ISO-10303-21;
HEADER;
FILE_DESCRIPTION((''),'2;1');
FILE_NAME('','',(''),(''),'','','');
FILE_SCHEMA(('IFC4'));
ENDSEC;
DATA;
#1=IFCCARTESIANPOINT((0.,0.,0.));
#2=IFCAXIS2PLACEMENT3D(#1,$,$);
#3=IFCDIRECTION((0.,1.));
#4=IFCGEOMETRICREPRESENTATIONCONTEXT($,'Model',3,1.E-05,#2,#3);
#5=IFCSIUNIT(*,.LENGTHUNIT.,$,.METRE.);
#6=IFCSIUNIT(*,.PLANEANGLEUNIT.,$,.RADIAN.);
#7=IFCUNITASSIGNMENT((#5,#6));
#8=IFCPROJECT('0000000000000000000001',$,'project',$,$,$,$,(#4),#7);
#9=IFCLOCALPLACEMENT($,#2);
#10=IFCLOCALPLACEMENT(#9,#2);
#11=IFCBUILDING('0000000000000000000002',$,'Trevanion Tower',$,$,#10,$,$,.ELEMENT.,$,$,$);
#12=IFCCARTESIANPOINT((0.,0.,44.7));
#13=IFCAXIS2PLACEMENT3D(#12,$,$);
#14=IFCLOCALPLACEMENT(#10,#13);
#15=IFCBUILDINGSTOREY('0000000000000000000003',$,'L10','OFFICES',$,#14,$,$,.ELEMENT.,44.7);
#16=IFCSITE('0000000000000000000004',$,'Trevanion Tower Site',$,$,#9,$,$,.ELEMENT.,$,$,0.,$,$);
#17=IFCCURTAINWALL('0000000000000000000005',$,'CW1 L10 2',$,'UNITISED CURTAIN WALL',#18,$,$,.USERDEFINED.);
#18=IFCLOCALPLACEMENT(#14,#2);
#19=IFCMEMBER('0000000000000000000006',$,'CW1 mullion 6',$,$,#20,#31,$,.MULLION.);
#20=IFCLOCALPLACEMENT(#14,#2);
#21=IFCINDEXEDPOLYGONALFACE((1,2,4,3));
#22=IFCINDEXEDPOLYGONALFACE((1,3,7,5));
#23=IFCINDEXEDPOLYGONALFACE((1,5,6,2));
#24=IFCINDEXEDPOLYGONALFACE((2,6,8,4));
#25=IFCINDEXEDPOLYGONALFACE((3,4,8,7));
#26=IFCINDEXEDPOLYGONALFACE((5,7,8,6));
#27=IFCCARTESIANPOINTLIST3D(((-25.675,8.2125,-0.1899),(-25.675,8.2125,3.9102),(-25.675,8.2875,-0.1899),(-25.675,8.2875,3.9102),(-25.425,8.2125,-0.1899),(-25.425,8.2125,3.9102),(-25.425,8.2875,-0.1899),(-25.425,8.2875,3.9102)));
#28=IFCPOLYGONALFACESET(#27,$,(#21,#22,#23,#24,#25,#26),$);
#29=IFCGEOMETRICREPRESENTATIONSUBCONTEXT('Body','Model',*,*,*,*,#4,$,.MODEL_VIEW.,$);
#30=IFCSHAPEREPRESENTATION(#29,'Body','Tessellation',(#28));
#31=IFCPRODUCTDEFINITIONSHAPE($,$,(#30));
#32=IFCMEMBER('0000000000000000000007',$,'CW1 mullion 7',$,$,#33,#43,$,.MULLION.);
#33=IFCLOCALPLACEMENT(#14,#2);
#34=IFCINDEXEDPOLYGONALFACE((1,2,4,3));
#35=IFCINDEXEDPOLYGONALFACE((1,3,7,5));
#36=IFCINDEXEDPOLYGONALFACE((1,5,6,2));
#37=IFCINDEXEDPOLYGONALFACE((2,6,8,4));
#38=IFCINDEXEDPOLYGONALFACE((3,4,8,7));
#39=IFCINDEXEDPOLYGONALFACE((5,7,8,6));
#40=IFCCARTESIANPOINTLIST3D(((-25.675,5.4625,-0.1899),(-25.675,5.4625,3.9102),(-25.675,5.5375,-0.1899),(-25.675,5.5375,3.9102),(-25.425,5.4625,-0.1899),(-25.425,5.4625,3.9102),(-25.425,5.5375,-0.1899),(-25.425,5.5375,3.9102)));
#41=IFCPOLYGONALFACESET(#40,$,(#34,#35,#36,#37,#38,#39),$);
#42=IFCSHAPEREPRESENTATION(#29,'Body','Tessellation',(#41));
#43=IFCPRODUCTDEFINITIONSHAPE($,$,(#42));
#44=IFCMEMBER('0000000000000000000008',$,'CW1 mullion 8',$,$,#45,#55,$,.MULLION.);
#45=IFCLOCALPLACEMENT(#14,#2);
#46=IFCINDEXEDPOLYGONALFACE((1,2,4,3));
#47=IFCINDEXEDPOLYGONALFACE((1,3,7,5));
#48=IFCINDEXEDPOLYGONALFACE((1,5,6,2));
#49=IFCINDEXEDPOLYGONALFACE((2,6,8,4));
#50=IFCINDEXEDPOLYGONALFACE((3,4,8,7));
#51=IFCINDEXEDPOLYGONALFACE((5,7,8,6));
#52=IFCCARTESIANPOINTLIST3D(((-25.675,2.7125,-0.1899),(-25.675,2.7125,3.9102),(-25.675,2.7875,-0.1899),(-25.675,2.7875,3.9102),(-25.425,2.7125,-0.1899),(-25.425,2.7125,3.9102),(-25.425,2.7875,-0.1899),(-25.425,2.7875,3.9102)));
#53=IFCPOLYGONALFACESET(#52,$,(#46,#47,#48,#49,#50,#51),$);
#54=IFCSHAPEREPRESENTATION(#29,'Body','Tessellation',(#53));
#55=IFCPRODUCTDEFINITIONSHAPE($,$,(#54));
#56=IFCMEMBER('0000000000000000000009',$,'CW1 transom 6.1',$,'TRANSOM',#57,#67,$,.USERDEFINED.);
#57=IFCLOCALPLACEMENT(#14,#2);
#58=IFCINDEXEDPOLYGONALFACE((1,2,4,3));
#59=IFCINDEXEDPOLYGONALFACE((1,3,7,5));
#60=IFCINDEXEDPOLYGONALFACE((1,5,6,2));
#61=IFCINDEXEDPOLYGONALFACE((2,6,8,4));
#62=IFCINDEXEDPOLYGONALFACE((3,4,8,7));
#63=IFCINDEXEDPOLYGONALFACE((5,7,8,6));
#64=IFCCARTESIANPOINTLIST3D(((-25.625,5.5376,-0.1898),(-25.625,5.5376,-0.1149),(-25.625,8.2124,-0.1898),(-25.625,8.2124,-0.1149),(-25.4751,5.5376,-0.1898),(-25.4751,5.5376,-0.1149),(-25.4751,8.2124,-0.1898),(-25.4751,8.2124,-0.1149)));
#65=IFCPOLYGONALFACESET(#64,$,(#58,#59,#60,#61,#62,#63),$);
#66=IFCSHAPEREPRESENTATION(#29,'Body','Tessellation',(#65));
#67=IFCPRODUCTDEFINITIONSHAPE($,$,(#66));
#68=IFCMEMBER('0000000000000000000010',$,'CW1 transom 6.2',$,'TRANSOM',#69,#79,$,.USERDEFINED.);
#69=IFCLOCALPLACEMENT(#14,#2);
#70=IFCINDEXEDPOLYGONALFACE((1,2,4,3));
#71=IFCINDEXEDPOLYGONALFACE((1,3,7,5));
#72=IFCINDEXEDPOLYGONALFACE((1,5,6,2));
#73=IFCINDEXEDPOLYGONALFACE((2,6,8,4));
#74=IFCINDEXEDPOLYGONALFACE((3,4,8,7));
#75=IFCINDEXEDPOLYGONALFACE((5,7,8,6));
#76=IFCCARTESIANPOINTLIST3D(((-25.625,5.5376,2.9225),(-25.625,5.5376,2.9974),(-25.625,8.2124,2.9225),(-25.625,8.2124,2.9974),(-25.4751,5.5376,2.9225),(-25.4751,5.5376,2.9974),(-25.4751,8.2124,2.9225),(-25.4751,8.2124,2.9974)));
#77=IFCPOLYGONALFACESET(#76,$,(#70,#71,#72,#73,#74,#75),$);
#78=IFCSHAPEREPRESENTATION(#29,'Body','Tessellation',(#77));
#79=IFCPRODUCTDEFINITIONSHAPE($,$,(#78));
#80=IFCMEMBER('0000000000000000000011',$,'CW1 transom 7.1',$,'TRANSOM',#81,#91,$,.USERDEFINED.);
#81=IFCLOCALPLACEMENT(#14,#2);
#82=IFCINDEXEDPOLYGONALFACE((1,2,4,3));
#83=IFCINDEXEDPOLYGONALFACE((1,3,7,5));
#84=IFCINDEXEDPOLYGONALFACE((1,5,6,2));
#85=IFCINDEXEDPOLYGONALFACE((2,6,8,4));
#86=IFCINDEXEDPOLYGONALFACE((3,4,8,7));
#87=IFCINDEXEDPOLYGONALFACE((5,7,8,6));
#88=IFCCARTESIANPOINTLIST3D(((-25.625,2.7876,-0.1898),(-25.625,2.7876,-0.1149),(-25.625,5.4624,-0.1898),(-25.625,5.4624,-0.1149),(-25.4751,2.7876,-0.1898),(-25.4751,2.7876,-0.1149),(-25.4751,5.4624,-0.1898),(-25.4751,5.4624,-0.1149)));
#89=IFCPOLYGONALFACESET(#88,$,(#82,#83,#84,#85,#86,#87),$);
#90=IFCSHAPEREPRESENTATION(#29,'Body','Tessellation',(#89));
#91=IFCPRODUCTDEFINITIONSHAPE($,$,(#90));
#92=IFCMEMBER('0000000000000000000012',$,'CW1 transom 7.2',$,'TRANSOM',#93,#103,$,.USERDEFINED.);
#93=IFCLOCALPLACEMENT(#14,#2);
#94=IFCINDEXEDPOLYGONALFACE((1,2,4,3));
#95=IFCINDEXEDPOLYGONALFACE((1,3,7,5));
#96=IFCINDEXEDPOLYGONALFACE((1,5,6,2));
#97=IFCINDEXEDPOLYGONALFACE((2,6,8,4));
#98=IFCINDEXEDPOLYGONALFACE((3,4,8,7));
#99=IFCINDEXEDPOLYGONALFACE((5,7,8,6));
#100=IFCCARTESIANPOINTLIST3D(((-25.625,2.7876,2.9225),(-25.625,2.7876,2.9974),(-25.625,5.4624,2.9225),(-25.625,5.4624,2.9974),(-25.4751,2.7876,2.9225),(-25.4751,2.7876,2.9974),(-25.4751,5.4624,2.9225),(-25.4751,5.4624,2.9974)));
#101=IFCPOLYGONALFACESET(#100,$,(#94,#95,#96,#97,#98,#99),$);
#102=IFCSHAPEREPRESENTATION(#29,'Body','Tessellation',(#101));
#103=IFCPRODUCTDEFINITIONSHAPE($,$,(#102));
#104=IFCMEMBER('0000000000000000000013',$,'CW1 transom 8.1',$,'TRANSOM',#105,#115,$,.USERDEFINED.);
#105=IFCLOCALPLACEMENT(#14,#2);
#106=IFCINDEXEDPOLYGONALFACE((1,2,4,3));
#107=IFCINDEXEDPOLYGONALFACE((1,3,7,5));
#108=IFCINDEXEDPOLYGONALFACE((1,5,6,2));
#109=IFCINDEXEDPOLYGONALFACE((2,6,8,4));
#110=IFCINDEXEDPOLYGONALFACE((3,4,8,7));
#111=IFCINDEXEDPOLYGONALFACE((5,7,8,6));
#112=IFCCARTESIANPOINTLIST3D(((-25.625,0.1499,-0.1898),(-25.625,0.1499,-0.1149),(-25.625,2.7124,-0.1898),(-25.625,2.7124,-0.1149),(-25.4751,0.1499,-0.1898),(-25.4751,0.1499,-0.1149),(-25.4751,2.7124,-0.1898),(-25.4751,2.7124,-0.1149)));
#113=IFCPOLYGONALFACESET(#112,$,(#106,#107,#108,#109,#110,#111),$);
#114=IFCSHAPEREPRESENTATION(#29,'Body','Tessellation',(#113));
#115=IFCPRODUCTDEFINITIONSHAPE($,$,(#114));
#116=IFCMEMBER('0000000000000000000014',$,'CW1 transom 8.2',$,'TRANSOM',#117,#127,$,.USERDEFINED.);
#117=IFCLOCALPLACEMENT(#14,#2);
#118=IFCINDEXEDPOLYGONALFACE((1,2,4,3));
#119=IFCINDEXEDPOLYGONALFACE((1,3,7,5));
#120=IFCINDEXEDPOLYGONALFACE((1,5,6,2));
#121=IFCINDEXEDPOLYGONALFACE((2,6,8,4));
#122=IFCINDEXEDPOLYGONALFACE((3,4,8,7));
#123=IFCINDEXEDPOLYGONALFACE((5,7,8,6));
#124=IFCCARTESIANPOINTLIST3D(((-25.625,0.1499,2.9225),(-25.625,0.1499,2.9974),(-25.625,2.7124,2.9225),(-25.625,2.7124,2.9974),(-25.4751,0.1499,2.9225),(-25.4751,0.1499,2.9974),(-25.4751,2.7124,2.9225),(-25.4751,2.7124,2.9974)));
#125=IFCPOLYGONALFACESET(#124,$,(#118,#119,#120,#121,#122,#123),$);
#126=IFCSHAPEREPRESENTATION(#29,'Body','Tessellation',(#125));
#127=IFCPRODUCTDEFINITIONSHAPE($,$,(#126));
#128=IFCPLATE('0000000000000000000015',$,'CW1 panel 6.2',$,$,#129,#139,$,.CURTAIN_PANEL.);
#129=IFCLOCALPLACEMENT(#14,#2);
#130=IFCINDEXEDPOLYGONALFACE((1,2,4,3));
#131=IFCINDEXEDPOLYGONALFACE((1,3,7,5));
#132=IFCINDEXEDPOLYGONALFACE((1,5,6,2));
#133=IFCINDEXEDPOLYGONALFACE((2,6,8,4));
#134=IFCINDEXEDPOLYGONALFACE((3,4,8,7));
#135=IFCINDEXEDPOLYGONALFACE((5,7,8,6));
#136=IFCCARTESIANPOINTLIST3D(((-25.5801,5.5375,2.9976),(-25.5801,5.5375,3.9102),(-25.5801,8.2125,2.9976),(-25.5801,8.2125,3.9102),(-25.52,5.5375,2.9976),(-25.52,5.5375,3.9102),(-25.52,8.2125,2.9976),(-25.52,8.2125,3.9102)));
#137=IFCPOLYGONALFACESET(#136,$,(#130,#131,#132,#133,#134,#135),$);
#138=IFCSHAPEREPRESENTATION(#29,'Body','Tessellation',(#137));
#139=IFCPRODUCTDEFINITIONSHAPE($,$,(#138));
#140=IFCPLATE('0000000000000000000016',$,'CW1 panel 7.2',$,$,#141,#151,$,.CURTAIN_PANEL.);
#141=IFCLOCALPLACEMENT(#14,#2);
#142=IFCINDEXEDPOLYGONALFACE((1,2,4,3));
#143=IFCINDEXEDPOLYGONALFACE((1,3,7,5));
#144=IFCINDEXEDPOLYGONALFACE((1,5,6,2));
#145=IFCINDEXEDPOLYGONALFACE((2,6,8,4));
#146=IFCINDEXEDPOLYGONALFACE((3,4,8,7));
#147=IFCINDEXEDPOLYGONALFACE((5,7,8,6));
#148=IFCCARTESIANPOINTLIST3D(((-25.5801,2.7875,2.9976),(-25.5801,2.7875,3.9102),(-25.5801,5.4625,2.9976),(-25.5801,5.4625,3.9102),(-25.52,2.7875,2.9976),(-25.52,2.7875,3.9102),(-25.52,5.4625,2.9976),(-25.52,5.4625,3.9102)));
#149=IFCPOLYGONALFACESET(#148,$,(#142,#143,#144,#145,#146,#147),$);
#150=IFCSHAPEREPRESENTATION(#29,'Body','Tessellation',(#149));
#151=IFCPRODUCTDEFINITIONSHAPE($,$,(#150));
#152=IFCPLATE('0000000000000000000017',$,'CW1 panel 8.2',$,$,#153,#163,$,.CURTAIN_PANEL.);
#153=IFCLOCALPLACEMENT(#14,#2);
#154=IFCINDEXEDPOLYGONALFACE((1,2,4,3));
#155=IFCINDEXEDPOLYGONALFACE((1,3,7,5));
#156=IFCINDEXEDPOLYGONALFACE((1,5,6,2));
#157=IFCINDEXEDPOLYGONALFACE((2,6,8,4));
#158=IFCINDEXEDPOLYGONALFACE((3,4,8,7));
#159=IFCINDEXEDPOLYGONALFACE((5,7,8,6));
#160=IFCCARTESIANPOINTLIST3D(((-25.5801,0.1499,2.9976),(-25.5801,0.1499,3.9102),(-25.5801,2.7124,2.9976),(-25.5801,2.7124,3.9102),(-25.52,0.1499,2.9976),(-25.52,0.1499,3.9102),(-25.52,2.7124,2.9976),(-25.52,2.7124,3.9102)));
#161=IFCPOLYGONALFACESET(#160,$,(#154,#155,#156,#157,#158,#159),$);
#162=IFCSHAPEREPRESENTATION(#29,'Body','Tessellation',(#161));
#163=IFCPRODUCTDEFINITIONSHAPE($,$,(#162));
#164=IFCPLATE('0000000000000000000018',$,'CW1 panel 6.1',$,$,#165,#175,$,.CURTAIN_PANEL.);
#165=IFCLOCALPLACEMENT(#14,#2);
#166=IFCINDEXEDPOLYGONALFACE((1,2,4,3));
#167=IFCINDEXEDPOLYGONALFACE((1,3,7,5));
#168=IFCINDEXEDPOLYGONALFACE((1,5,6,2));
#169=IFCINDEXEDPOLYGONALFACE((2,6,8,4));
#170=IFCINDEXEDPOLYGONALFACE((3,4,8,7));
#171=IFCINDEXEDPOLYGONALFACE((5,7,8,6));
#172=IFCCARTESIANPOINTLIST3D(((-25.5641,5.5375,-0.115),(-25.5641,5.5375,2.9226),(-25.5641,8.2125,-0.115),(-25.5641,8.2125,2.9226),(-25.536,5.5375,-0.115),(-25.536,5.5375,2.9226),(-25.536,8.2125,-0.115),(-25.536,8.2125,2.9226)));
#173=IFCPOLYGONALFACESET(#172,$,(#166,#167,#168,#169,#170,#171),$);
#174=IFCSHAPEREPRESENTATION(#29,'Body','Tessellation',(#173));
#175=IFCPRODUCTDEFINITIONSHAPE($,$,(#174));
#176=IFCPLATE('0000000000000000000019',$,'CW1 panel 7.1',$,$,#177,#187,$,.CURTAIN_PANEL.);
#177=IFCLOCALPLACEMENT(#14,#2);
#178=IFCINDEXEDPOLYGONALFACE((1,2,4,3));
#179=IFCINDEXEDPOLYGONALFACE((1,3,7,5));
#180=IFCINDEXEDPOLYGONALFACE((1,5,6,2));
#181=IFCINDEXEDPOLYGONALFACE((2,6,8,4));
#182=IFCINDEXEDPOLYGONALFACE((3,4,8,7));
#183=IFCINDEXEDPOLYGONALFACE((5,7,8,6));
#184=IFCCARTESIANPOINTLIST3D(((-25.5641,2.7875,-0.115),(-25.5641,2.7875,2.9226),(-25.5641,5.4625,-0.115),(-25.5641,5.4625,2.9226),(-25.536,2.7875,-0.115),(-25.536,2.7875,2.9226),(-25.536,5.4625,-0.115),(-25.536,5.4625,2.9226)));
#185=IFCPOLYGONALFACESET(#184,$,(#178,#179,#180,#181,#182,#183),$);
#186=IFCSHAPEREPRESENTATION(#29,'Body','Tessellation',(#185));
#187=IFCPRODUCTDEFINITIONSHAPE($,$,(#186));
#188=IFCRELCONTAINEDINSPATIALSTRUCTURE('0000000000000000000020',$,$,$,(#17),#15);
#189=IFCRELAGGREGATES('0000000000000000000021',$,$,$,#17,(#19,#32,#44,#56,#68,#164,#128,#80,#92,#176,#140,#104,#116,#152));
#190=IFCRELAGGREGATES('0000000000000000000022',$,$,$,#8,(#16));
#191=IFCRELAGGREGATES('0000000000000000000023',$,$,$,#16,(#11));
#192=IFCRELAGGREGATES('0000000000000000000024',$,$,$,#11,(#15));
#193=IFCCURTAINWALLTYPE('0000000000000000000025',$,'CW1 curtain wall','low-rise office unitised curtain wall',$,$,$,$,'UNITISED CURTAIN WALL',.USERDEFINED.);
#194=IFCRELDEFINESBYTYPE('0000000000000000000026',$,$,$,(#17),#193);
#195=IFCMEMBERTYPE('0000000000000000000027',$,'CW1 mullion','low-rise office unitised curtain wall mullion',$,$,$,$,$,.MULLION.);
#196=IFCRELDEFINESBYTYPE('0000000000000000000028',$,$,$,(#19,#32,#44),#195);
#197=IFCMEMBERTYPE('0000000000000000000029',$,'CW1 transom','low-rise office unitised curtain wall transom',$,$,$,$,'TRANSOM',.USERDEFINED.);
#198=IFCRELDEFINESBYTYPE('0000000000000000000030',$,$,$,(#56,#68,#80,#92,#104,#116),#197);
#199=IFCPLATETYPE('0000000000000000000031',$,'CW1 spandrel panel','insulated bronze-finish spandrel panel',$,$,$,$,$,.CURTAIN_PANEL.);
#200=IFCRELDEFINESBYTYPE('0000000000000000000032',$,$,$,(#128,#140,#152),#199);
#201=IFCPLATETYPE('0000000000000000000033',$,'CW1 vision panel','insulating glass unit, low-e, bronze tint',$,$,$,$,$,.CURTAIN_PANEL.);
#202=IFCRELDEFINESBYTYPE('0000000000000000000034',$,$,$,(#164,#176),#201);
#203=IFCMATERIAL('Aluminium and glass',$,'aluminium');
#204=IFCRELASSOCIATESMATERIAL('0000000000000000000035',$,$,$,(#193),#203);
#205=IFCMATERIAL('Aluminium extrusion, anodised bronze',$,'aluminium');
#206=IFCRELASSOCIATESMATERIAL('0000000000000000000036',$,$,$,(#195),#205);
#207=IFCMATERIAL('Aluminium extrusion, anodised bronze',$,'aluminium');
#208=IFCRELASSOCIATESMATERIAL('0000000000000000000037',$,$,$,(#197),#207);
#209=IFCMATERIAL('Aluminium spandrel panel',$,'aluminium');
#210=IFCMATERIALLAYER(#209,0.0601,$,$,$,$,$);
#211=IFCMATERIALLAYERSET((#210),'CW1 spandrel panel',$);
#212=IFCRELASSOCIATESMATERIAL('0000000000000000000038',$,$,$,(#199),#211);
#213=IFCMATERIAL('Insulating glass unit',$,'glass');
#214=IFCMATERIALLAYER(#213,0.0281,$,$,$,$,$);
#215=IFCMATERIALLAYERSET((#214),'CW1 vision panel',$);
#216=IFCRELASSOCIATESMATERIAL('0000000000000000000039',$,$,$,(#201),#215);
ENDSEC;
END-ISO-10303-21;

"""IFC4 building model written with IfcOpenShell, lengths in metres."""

from ifc_helpers import new_model, si_unit, direction, frame, origin, origin_2d, place, context, subcontext, project, spatial, rectangle, extrude, material, layer, layer_set, material_profile, profile_set, type_object, element, aggregate, save


model = new_model("IFC4")

# Units and contexts
model_context = context("Model", 3, precision=1e-05, world=origin(), true_north=direction((0.0, 1.0)))
body_context = subcontext(model_context, "Body", "Model", "MODEL_VIEW")
ifc_project = project(units=[si_unit("LENGTHUNIT", "METRE"), si_unit("PLANEANGLEUNIT", "RADIAN")], contexts=[model_context])

# Site, building, storey
site_placement = place(None, origin())
site = spatial("IfcSite", under=ifc_project, at=site_placement, Name="Trevanion Tower Site", CompositionType="ELEMENT", RefElevation=0.0)
building_placement = place(site_placement, origin())
building = spatial("IfcBuilding", under=site, at=building_placement, Name="Trevanion Tower", CompositionType="ELEMENT")
storey_placement = place(building_placement, frame((0.0, 0.0, 44.7)))
storey = spatial("IfcBuildingStorey", under=building, at=storey_placement, Name="L10", Description="OFFICES", CompositionType="ELEMENT", Elevation=44.7)

# Curtain wall, members, plates
ifc_material_1 = material(Name="Aluminium and glass", Category="aluminium")
curtain_wall_type = type_object("IfcCurtainWallType", Name="CW1 curtain wall", Description="low-rise office unitised curtain wall", ElementType="UNITISED CURTAIN WALL", PredefinedType="USERDEFINED", material=ifc_material_1)
curtain_wall_placement = place(storey_placement, origin())
curtain_wall = element("IfcCurtainWall", 1, at=curtain_wall_placement, inside=storey, type_object=curtain_wall_type, Name="CW1 L10 2", ObjectType="UNITISED CURTAIN WALL", PredefinedType="USERDEFINED")
ifc_material_2 = material(Name="Aluminium extrusion, anodised bronze", Category="aluminium")
ifc_material_profile_1 = material_profile(ifc_material_2, rectangle(XDim=0.075, YDim=0.25, at=origin_2d()), Name="CW1 mullion")
ifc_profile_set_1 = profile_set([ifc_material_profile_1], Name="Aluminium extrusion, anodised bronze")
member_type_1 = type_object("IfcMemberType", Name="CW1 mullion", Description="low-rise office unitised curtain wall mullion", PredefinedType="MULLION", material=ifc_profile_set_1)
member_1_placement = place(storey_placement, frame((-25.55, 8.25, -0.1899), z_axis=(0.0, 0.0, 1.0), x_axis=(0.0, -1.0, 0.0)))
member_1 = element("IfcMember", 2, at=member_1_placement, type_object=member_type_1, Name="CW1 mullion 6", PredefinedType="MULLION", context=body_context, shape_type="SweptSolid", body=[
    extrude(rectangle(XDim=0.075, YDim=0.25, at=origin_2d()), origin(), (0.0, 0.0, 1.0), 4.1001),
])
member_2_placement = place(storey_placement, frame((-25.55, 5.5, -0.1899), z_axis=(0.0, 0.0, 1.0), x_axis=(0.0, -1.0, 0.0)))
member_2 = element("IfcMember", 3, at=member_2_placement, type_object=member_type_1, Name="CW1 mullion 7", PredefinedType="MULLION", context=body_context, shape_type="SweptSolid", body=[
    extrude(rectangle(XDim=0.075, YDim=0.25, at=origin_2d()), origin(), (0.0, 0.0, 1.0), 4.1001),
])
member_3_placement = place(storey_placement, frame((-25.55, 2.75, -0.1899), z_axis=(0.0, 0.0, 1.0), x_axis=(0.0, -1.0, 0.0)))
member_3 = element("IfcMember", 4, at=member_3_placement, type_object=member_type_1, Name="CW1 mullion 8", PredefinedType="MULLION", context=body_context, shape_type="SweptSolid", body=[
    extrude(rectangle(XDim=0.075, YDim=0.25, at=origin_2d()), origin(), (0.0, 0.0, 1.0), 4.1001),
])
ifc_material_3 = material(Name="Aluminium extrusion, anodised bronze", Category="aluminium")
ifc_material_profile_2 = material_profile(ifc_material_3, rectangle(XDim=0.1499, YDim=0.075, at=origin_2d()), Name="CW1 transom")
ifc_profile_set_2 = profile_set([ifc_material_profile_2], Name="Aluminium extrusion, anodised bronze")
member_type_2 = type_object("IfcMemberType", Name="CW1 transom", Description="low-rise office unitised curtain wall transom", ElementType="TRANSOM", PredefinedType="USERDEFINED", material=ifc_profile_set_2)
member_4_placement = place(storey_placement, frame((-25.55, 8.2124, -0.1523), z_axis=(0.0, -1.0, 0.0), x_axis=(1.0, 0.0, 0.0)))
member_4 = element("IfcMember", 5, at=member_4_placement, type_object=member_type_2, Name="CW1 transom 6.1", ObjectType="TRANSOM", PredefinedType="USERDEFINED", context=body_context, shape_type="SweptSolid", body=[
    extrude(rectangle(XDim=0.1499, YDim=0.075, at=origin_2d()), origin(), (0.0, 0.0, 1.0), 2.6748),
])
member_5_placement = place(storey_placement, frame((-25.55, 8.2124, 2.96), z_axis=(0.0, -1.0, 0.0), x_axis=(1.0, 0.0, 0.0)))
member_5 = element("IfcMember", 6, at=member_5_placement, type_object=member_type_2, Name="CW1 transom 6.2", ObjectType="TRANSOM", PredefinedType="USERDEFINED", context=body_context, shape_type="SweptSolid", body=[
    extrude(rectangle(XDim=0.1499, YDim=0.075, at=origin_2d()), origin(), (0.0, 0.0, 1.0), 2.6748),
])
member_6_placement = place(storey_placement, frame((-25.55, 5.4624, -0.1523), z_axis=(0.0, -1.0, 0.0), x_axis=(1.0, 0.0, 0.0)))
member_6 = element("IfcMember", 7, at=member_6_placement, type_object=member_type_2, Name="CW1 transom 7.1", ObjectType="TRANSOM", PredefinedType="USERDEFINED", context=body_context, shape_type="SweptSolid", body=[
    extrude(rectangle(XDim=0.1499, YDim=0.075, at=origin_2d()), origin(), (0.0, 0.0, 1.0), 2.6748),
])
member_7_placement = place(storey_placement, frame((-25.55, 5.4624, 2.96), z_axis=(0.0, -1.0, 0.0), x_axis=(1.0, 0.0, 0.0)))
member_7 = element("IfcMember", 8, at=member_7_placement, type_object=member_type_2, Name="CW1 transom 7.2", ObjectType="TRANSOM", PredefinedType="USERDEFINED", context=body_context, shape_type="SweptSolid", body=[
    extrude(rectangle(XDim=0.1499, YDim=0.075, at=origin_2d()), origin(), (0.0, 0.0, 1.0), 2.6748),
])
member_8_placement = place(storey_placement, frame((-25.55, 2.7124, -0.1523), z_axis=(0.0, -1.0, 0.0), x_axis=(1.0, 0.0, 0.0)))
member_8 = element("IfcMember", 9, at=member_8_placement, type_object=member_type_2, Name="CW1 transom 8.1", ObjectType="TRANSOM", PredefinedType="USERDEFINED", context=body_context, shape_type="SweptSolid", body=[
    extrude(rectangle(XDim=0.1499, YDim=0.075, at=origin_2d()), origin(), (0.0, 0.0, 1.0), 2.5625),
])
member_9_placement = place(storey_placement, frame((-25.55, 2.7124, 2.96), z_axis=(0.0, -1.0, 0.0), x_axis=(1.0, 0.0, 0.0)))
member_9 = element("IfcMember", 10, at=member_9_placement, type_object=member_type_2, Name="CW1 transom 8.2", ObjectType="TRANSOM", PredefinedType="USERDEFINED", context=body_context, shape_type="SweptSolid", body=[
    extrude(rectangle(XDim=0.1499, YDim=0.075, at=origin_2d()), origin(), (0.0, 0.0, 1.0), 2.5625),
])
ifc_material_4 = material(Name="Aluminium spandrel panel", Category="aluminium")
ifc_layer_1 = layer(ifc_material_4, 0.0601)
ifc_layer_set_1 = layer_set([ifc_layer_1], Name="CW1 spandrel panel")
plate_type_1 = type_object("IfcPlateType", Name="CW1 spandrel panel", Description="insulated bronze-finish spandrel panel", PredefinedType="CURTAIN_PANEL", material=ifc_layer_set_1)
plate_1_placement = place(storey_placement, frame((-25.55, 6.875, 2.9976), z_axis=(0.0, 0.0, 1.0), x_axis=(0.0, -1.0, 0.0)))
plate_1 = element("IfcPlate", 11, at=plate_1_placement, type_object=plate_type_1, Name="CW1 panel 6.2", PredefinedType="CURTAIN_PANEL", context=body_context, shape_type="SweptSolid", body=[
    extrude(rectangle(XDim=2.675, YDim=0.0601, at=origin_2d()), origin(), (0.0, 0.0, 1.0), 0.9126),
])
plate_2_placement = place(storey_placement, frame((-25.55, 4.125, 2.9976), z_axis=(0.0, 0.0, 1.0), x_axis=(0.0, -1.0, 0.0)))
plate_2 = element("IfcPlate", 12, at=plate_2_placement, type_object=plate_type_1, Name="CW1 panel 7.2", PredefinedType="CURTAIN_PANEL", context=body_context, shape_type="SweptSolid", body=[
    extrude(rectangle(XDim=2.675, YDim=0.0601, at=origin_2d()), origin(), (0.0, 0.0, 1.0), 0.9126),
])
plate_3_placement = place(storey_placement, frame((-25.55, 1.4312, 2.9976), z_axis=(0.0, 0.0, 1.0), x_axis=(0.0, -1.0, 0.0)))
plate_3 = element("IfcPlate", 13, at=plate_3_placement, type_object=plate_type_1, Name="CW1 panel 8.2", PredefinedType="CURTAIN_PANEL", context=body_context, shape_type="SweptSolid", body=[
    extrude(rectangle(XDim=2.5625, YDim=0.0601, at=origin_2d()), origin(), (0.0, 0.0, 1.0), 0.9126),
])
ifc_material_5 = material(Name="Insulating glass unit", Category="glass")
ifc_layer_2 = layer(ifc_material_5, 0.0281)
ifc_layer_set_2 = layer_set([ifc_layer_2], Name="CW1 vision panel")
plate_type_2 = type_object("IfcPlateType", Name="CW1 vision panel", Description="insulating glass unit, low-e, bronze tint", PredefinedType="CURTAIN_PANEL", material=ifc_layer_set_2)
plate_4_placement = place(storey_placement, frame((-25.55, 6.875, -0.115), z_axis=(0.0, 0.0, 1.0), x_axis=(0.0, -1.0, 0.0)))
plate_4 = element("IfcPlate", 14, at=plate_4_placement, type_object=plate_type_2, Name="CW1 panel 6.1", PredefinedType="CURTAIN_PANEL", context=body_context, shape_type="SweptSolid", body=[
    extrude(rectangle(XDim=2.675, YDim=0.0281, at=origin_2d()), origin(), (0.0, 0.0, 1.0), 3.0376),
])
plate_5_placement = place(storey_placement, frame((-25.55, 4.125, -0.115), z_axis=(0.0, 0.0, 1.0), x_axis=(0.0, -1.0, 0.0)))
plate_5 = element("IfcPlate", 15, at=plate_5_placement, type_object=plate_type_2, Name="CW1 panel 7.1", PredefinedType="CURTAIN_PANEL", context=body_context, shape_type="SweptSolid", body=[
    extrude(rectangle(XDim=2.675, YDim=0.0281, at=origin_2d()), origin(), (0.0, 0.0, 1.0), 3.0376),
])
aggregate(curtain_wall, [member_1, member_2, member_3, member_4, member_5, plate_4, plate_1, member_6, member_7, plate_5, plate_2, member_8, member_9, plate_3])

save(model, "model.ifc")
